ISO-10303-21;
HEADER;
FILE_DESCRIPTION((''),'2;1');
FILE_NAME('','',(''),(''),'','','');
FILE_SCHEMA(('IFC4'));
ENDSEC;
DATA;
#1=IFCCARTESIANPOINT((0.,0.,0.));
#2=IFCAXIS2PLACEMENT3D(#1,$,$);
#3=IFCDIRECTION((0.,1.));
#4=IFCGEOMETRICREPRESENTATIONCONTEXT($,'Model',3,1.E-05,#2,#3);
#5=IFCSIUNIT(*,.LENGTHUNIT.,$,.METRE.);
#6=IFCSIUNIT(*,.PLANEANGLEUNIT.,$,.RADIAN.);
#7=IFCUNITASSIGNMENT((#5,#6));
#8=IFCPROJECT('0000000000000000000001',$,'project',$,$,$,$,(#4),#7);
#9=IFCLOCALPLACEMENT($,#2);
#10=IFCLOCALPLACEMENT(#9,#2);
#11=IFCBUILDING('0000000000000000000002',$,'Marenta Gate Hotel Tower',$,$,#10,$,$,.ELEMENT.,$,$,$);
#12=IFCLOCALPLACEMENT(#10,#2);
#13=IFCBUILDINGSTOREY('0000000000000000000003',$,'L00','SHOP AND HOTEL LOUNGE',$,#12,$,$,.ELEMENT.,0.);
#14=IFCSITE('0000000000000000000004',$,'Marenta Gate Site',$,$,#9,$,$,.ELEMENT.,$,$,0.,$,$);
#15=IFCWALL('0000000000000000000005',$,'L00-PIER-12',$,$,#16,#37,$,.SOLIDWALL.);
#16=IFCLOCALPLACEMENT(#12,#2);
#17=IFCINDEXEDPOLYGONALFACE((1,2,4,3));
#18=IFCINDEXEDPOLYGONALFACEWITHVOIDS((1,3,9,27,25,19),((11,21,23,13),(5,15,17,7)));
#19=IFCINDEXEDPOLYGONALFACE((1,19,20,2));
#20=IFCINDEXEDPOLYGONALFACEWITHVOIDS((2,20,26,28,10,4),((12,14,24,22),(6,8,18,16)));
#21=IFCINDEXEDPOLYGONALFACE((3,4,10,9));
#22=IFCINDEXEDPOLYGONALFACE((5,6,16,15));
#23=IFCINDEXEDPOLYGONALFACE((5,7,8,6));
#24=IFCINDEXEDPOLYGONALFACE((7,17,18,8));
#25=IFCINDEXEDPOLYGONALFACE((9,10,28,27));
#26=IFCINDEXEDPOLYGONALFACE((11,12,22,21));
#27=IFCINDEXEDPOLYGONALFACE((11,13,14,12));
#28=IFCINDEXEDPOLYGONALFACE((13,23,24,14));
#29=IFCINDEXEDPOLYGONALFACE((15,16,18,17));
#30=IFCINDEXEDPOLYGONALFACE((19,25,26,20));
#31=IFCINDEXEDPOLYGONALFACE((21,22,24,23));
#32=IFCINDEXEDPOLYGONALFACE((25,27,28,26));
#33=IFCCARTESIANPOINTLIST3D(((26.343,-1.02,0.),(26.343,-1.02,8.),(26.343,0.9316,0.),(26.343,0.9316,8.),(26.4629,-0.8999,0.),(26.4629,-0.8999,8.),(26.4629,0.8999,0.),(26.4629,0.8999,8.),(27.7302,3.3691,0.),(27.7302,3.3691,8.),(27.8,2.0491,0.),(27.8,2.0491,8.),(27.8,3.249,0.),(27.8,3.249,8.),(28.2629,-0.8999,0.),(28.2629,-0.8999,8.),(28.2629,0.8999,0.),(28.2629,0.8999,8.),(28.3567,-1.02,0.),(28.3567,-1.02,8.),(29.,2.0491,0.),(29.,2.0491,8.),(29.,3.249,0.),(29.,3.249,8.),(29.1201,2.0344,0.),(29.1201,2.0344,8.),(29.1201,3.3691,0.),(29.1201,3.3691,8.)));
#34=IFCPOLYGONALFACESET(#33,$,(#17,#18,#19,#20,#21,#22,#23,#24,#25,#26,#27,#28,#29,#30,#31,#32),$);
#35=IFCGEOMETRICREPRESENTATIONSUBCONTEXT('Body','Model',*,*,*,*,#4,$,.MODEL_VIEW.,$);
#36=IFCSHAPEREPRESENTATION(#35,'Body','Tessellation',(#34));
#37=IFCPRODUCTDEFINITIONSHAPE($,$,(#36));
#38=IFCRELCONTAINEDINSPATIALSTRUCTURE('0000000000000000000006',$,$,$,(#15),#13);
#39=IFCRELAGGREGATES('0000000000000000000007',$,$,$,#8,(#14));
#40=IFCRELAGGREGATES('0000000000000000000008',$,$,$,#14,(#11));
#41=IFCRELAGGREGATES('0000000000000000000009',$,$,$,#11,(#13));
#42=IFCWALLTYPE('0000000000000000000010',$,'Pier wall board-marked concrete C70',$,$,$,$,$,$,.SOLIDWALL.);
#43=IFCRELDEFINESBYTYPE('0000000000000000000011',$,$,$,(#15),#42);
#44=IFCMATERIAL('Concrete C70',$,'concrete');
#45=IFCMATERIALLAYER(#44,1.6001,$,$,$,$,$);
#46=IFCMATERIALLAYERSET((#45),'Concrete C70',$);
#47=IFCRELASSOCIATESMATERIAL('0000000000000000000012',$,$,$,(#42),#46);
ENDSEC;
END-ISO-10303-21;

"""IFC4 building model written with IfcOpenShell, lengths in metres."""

from ifc_helpers import new_model, si_unit, direction, origin, place, context, subcontext, project, spatial, polyline, outline, extrude, material, layer, layer_set, type_object, element, save


model = new_model("IFC4")

# Units and contexts
model_context = context("Model", 3, precision=1e-05, world=origin(), true_north=direction((0.0, 1.0)))
body_context = subcontext(model_context, "Body", "Model", "MODEL_VIEW")
ifc_project = project(units=[si_unit("LENGTHUNIT", "METRE"), si_unit("PLANEANGLEUNIT", "RADIAN")], contexts=[model_context])

# Site, building, storey
site_placement = place(None, origin())
site = spatial("IfcSite", under=ifc_project, at=site_placement, Name="Marenta Gate Site", CompositionType="ELEMENT", RefElevation=0.0)
building_placement = place(site_placement, origin())
building = spatial("IfcBuilding", under=site, at=building_placement, Name="Marenta Gate Hotel Tower", CompositionType="ELEMENT")
storey_placement = place(building_placement, origin())
storey = spatial("IfcBuildingStorey", under=building, at=storey_placement, Name="L00", Description="SHOP AND HOTEL LOUNGE", CompositionType="ELEMENT", Elevation=0.0)

# Wall
ifc_material_1 = material(Name="Concrete C70", Category="concrete")
ifc_layer_1 = layer(ifc_material_1, 1.6001)
ifc_layer_set_1 = layer_set([ifc_layer_1], Name="Concrete C70")
wall_type = type_object("IfcWallType", Name="Pier wall board-marked concrete C70", PredefinedType="SOLIDWALL", material=ifc_layer_set_1)
wall_1_placement = place(storey_placement, origin())
element("IfcWall", 1, at=wall_1_placement, inside=storey, type_object=wall_type, Name="L00-PIER-12", PredefinedType="SOLIDWALL", context=body_context, shape_type="SweptSolid", body=[
    extrude(outline(polyline([(27.7302, 3.3691), (29.1201, 3.3691), (29.1201, 2.0344), (28.3567, -1.02), (26.343, -1.02), (26.343, 0.9316), (27.7302, 3.3691)]), holes=[polyline([(29.0, 2.0491), (29.0, 3.249), (27.8, 3.249), (27.8, 2.0491), (29.0, 2.0491)]), polyline([(28.2629, -0.8999), (28.2629, 0.8999), (26.4629, 0.8999), (26.4629, -0.8999), (28.2629, -0.8999)])]), origin(), (0.0, 0.0, 1.0), 8.0),
])

save(model, "model.ifc")
